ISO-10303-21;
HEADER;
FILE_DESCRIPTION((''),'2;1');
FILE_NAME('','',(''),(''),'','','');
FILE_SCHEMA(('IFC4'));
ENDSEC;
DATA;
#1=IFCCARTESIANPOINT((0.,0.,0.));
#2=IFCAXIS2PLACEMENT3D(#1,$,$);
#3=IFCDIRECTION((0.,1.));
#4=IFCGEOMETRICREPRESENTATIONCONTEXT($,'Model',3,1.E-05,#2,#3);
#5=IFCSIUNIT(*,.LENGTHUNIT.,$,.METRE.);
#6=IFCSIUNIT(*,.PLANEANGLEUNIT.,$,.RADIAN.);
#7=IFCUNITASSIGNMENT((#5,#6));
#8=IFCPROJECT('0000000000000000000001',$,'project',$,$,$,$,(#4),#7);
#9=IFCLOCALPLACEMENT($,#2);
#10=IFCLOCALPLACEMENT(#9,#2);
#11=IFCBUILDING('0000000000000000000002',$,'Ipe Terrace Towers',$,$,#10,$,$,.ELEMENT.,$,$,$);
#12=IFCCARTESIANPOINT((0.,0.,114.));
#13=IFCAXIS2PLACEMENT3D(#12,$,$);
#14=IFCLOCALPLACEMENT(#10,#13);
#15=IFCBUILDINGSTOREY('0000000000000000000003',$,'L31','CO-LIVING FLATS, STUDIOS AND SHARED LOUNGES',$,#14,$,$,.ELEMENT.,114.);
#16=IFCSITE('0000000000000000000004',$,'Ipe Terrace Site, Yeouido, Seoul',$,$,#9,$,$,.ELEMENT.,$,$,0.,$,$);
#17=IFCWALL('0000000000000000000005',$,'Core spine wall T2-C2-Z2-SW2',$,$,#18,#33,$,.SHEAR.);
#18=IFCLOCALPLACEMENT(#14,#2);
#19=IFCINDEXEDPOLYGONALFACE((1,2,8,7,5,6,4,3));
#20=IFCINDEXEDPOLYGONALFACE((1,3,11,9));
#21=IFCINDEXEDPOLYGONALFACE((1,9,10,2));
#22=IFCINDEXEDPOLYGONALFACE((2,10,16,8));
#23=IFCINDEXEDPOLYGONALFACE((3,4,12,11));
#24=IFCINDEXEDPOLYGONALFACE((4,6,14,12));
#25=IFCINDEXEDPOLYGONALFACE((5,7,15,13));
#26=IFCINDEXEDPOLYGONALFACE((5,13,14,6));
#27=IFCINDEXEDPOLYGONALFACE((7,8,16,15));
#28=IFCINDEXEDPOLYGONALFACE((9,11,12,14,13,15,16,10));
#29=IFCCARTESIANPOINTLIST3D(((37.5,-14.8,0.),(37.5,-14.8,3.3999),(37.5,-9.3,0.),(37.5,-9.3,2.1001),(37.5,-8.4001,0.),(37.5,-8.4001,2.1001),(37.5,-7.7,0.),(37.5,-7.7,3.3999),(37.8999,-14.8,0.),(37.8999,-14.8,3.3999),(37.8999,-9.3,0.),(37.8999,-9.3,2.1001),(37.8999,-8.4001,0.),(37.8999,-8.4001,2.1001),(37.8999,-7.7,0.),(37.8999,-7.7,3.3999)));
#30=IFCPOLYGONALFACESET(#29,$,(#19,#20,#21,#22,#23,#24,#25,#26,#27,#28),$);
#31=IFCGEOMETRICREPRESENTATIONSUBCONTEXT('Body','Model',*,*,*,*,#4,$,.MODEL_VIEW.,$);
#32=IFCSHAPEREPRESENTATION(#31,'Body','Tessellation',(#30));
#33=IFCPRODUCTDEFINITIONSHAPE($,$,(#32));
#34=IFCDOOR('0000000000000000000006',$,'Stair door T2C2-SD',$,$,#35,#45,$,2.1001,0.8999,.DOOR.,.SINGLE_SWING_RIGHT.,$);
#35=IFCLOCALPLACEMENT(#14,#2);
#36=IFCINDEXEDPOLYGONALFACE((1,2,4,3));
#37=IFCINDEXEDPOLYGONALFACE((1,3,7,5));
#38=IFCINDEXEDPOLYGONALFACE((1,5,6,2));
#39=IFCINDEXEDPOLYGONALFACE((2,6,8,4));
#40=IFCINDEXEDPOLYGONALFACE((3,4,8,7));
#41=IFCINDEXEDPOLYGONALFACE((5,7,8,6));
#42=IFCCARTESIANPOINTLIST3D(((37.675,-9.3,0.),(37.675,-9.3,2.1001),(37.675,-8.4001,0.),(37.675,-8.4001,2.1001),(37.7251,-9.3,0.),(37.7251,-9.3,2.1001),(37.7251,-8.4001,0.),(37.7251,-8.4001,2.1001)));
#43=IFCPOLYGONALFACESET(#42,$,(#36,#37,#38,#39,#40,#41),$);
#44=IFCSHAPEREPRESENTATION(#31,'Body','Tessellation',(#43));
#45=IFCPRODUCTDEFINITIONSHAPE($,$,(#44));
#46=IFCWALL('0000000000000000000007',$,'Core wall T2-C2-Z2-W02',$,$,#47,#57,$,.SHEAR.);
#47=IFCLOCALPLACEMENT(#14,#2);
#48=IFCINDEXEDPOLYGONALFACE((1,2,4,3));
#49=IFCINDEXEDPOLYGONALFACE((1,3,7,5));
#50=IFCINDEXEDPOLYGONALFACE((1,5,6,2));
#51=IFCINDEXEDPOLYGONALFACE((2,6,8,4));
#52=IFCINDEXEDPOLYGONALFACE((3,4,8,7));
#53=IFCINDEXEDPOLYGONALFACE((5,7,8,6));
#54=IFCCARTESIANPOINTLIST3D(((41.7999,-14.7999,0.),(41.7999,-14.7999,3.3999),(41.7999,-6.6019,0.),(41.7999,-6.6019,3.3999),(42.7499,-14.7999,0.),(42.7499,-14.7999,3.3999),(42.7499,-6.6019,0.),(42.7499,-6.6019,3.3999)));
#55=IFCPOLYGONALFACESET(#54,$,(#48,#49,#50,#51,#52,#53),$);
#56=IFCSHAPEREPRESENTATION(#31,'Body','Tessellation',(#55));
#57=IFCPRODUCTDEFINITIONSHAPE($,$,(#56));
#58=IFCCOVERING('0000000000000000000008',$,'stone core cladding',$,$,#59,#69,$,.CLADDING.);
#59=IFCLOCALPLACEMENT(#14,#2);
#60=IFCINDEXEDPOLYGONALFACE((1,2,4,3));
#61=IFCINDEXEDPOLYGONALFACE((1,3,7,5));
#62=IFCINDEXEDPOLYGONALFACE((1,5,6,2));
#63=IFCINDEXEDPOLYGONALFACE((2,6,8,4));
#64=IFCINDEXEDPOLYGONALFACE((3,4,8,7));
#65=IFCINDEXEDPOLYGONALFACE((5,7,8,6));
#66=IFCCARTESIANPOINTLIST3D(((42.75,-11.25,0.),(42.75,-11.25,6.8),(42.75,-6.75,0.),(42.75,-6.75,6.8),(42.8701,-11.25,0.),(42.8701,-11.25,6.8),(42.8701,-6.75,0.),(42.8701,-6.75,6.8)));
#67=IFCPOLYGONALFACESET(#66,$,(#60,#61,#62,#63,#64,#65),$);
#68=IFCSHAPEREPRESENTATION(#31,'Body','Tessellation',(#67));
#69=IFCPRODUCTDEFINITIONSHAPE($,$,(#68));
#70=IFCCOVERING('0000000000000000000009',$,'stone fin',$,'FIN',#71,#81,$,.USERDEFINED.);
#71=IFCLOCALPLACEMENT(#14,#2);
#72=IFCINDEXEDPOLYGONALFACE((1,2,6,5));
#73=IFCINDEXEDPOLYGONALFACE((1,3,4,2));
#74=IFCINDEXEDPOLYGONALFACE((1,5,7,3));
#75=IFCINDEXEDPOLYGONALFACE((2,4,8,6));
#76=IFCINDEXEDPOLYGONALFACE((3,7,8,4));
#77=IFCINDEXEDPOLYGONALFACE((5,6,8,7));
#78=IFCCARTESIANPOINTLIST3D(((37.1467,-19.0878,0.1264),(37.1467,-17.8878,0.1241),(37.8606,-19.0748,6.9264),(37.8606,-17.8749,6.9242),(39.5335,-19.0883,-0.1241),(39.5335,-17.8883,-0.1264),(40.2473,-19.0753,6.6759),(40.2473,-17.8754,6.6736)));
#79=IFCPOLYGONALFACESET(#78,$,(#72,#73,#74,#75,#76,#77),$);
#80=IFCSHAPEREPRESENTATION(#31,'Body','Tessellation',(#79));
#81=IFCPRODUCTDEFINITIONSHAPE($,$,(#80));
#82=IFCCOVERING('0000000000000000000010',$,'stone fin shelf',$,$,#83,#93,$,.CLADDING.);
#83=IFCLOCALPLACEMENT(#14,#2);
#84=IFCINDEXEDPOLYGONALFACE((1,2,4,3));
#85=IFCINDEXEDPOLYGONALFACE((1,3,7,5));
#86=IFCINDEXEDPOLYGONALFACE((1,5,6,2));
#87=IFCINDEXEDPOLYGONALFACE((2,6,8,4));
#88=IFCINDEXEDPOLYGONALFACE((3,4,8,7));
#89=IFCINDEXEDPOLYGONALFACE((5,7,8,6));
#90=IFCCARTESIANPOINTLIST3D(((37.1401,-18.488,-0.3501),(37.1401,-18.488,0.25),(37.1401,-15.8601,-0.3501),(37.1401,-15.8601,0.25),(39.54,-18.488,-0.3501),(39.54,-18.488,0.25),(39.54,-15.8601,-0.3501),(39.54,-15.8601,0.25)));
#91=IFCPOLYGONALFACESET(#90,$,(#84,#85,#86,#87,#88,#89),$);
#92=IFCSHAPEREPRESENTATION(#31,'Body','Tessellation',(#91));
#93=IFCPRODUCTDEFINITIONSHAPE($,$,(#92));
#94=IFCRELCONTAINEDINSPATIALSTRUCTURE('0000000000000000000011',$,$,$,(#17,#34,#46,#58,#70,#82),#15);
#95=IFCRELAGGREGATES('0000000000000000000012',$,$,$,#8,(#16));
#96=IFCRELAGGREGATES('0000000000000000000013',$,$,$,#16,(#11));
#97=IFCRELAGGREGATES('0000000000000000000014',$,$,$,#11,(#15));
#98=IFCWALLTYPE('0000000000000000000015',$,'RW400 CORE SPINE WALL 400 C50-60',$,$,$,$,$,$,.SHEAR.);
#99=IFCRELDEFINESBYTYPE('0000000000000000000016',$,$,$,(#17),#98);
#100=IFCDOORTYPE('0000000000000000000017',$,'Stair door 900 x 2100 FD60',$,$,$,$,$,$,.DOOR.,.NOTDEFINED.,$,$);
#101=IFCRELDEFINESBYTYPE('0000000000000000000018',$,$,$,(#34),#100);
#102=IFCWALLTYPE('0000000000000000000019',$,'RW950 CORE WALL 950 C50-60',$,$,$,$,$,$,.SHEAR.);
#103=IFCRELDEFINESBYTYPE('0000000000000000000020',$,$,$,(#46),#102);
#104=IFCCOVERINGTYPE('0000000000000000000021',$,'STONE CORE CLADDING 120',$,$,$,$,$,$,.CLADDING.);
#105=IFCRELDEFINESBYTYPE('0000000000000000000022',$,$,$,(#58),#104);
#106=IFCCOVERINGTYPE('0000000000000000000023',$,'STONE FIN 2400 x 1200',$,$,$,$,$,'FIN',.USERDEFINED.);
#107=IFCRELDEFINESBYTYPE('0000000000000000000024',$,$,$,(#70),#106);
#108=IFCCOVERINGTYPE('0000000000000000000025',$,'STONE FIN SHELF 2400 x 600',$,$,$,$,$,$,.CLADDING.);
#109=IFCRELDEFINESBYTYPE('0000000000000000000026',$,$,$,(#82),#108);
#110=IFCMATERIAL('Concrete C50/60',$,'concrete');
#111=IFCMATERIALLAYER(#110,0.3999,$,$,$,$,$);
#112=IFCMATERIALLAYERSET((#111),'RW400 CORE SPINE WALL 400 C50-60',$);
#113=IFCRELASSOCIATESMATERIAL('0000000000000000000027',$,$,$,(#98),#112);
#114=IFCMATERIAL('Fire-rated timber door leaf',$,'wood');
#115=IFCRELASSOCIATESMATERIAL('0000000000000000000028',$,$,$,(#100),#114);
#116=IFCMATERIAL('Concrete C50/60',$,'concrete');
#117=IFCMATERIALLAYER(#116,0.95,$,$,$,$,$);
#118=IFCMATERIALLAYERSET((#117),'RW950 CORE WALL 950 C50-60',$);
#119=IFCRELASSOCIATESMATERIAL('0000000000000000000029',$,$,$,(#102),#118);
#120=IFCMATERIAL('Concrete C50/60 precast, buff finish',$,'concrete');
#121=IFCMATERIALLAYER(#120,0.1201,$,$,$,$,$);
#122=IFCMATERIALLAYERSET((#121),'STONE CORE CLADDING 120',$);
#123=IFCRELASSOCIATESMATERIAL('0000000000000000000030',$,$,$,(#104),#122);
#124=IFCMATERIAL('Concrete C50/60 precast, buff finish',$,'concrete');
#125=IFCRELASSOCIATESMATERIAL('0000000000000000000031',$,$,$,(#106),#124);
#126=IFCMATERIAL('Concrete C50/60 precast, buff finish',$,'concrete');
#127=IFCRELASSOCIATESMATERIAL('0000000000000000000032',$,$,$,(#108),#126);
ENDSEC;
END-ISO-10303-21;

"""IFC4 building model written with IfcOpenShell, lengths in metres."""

from ifc_helpers import new_model, si_unit, direction, frame, frame_2d, origin, origin_2d, place, context, subcontext, project, spatial, rectangle, extrude, material, layer, layer_set, material_profile, profile_set, type_object, element, fill, save


model = new_model("IFC4")

# Units and contexts
model_context = context("Model", 3, precision=1e-05, world=origin(), true_north=direction((0.0, 1.0)))
body_context = subcontext(model_context, "Body", "Model", "MODEL_VIEW")
ifc_project = project(units=[si_unit("LENGTHUNIT", "METRE"), si_unit("PLANEANGLEUNIT", "RADIAN")], contexts=[model_context])

# Site, building, storey
site_placement = place(None, origin())
site = spatial("IfcSite", under=ifc_project, at=site_placement, Name="Ipe Terrace Site, Yeouido, Seoul", CompositionType="ELEMENT", RefElevation=0.0)
building_placement = place(site_placement, origin())
building = spatial("IfcBuilding", under=site, at=building_placement, Name="Ipe Terrace Towers", CompositionType="ELEMENT")
storey_placement = place(building_placement, frame((0.0, 0.0, 114.0)))
storey = spatial("IfcBuildingStorey", under=building, at=storey_placement, Name="L31", Description="CO-LIVING FLATS, STUDIOS AND SHARED LOUNGES", CompositionType="ELEMENT", Elevation=114.0)

# Wall, opening, door
ifc_material_1 = material(Name="Concrete C50/60", Category="concrete")
ifc_layer_1 = layer(ifc_material_1, 0.3999)
ifc_layer_set_1 = layer_set([ifc_layer_1], Name="RW400 CORE SPINE WALL 400 C50-60")
wall_type_1 = type_object("IfcWallType", Name="RW400 CORE SPINE WALL 400 C50-60", PredefinedType="SHEAR", material=ifc_layer_set_1)
wall_1_placement = place(storey_placement, frame((37.7, -14.8, 0.0), z_axis=(0.0, 0.0, 1.0), x_axis=(0.0, 1.0, 0.0)))
wall_1 = element("IfcWall", 1, at=wall_1_placement, inside=storey, type_object=wall_type_1, Name="Core spine wall T2-C2-Z2-SW2", PredefinedType="SHEAR", context=body_context, shape_type="SweptSolid", body=[
    extrude(rectangle(XDim=7.1001, YDim=0.3999, at=frame_2d((3.55, 0.0))), origin(), (0.0, 0.0, 1.0), 3.3999),
])
opening_1_placement = place(wall_1_placement, frame((5.5, 0.0, 0.0)))
opening_1 = element("IfcOpeningElement", 2, at=opening_1_placement, cuts=wall_1, PredefinedType="OPENING", context=body_context, shape_type="SweptSolid", body=[
    extrude(rectangle(XDim=0.8999, YDim=2.1001, at=frame_2d((0.45, 1.05))), frame((0.0, 0.21, 0.0), z_axis=(0.0, -1.0, 0.0), x_axis=(1.0, 0.0, 0.0)), (0.0, 0.0, 1.0), 0.4199),
])
ifc_material_2 = material(Name="Fire-rated timber door leaf", Category="wood")
door_type_1 = type_object("IfcDoorType", Name="Stair door 900 x 2100 FD60", OperationType="NOTDEFINED", PredefinedType="DOOR", material=ifc_material_2)
door_1_placement = place(opening_1_placement, origin())
door_1 = element("IfcDoor", 3, at=door_1_placement, inside=storey, type_object=door_type_1, Name="Stair door T2C2-SD", OperationType="SINGLE_SWING_RIGHT", OverallHeight=2.1001, OverallWidth=0.8999, PredefinedType="DOOR", context=body_context, shape_type="SweptSolid", body=[
    extrude(rectangle(XDim=0.8999, YDim=2.1001, at=frame_2d((0.45, 1.05))), frame((0.0, 0.0249, 0.0), z_axis=(0.0, -1.0, 0.0), x_axis=(1.0, 0.0, 0.0)), (0.0, 0.0, 1.0), 0.05),
])
fill(opening_1, door_1)

# Wall
ifc_material_3 = material(Name="Concrete C50/60", Category="concrete")
ifc_layer_2 = layer(ifc_material_3, 0.95)
ifc_layer_set_2 = layer_set([ifc_layer_2], Name="RW950 CORE WALL 950 C50-60")
wall_type_2 = type_object("IfcWallType", Name="RW950 CORE WALL 950 C50-60", PredefinedType="SHEAR", material=ifc_layer_set_2)
wall_2_placement = place(storey_placement, frame((42.2749, -14.8, 0.0), z_axis=(0.0, 0.0, 1.0), x_axis=(0.0, 1.0, 0.0)))
element("IfcWall", 4, at=wall_2_placement, inside=storey, type_object=wall_type_2, Name="Core wall T2-C2-Z2-W02", PredefinedType="SHEAR", context=body_context, shape_type="SweptSolid", body=[
    extrude(rectangle(XDim=8.198, YDim=0.95, at=frame_2d((4.0991, 0.0))), origin(), (0.0, 0.0, 1.0), 3.3999),
])

# Coverings
ifc_material_4 = material(Name="Concrete C50/60 precast, buff finish", Category="concrete")
ifc_layer_3 = layer(ifc_material_4, 0.1201)
ifc_layer_set_3 = layer_set([ifc_layer_3], Name="STONE CORE CLADDING 120")
covering_type_1 = type_object("IfcCoveringType", Name="STONE CORE CLADDING 120", PredefinedType="CLADDING", material=ifc_layer_set_3)
covering_1_placement = place(storey_placement, frame((42.8101, -9.0, 0.0), z_axis=(0.0, 0.0, 1.0), x_axis=(0.0, 1.0, 0.0)))
element("IfcCovering", 5, at=covering_1_placement, inside=storey, type_object=covering_type_1, Name="stone core cladding", PredefinedType="CLADDING", context=body_context, shape_type="SweptSolid", body=[
    extrude(rectangle(XDim=4.5, YDim=0.1201, at=origin_2d()), origin(), (0.0, 0.0, 1.0), 6.8),
])
ifc_material_5 = material(Name="Concrete C50/60 precast, buff finish", Category="concrete")
ifc_material_profile = material_profile(ifc_material_5, rectangle(XDim=2.3999, YDim=1.2, at=origin_2d()), Name="STONE FIN 2400 x 1200")
ifc_profile_set = profile_set([ifc_material_profile], Name="Concrete C50/60 precast, buff finish")
covering_type_2 = type_object("IfcCoveringType", Name="STONE FIN 2400 x 1200", ElementType="FIN", PredefinedType="USERDEFINED", material=ifc_profile_set)
covering_2_placement = place(storey_placement, frame((38.3401, -18.488, 0.0), z_axis=(0.104406, 0.001892, 0.994533), x_axis=(0.994535, -0.000199, -0.104406)))
element("IfcCovering", 6, at=covering_2_placement, inside=storey, type_object=covering_type_2, Name="stone fin", ObjectType="FIN", PredefinedType="USERDEFINED", context=body_context, shape_type="SweptSolid", body=[
    extrude(rectangle(XDim=2.3999, YDim=1.2, at=origin_2d()), origin(), (0.0, 0.0, 1.0), 6.8374),
])
ifc_material_6 = material(Name="Concrete C50/60 precast, buff finish", Category="concrete")
covering_type_3 = type_object("IfcCoveringType", Name="STONE FIN SHELF 2400 x 600", PredefinedType="CLADDING", material=ifc_material_6)
covering_3_placement = place(storey_placement, frame((38.3401, -17.1741, -0.3501), z_axis=(0.0, 0.0, 1.0), x_axis=(1.0, 0.0, 0.0)))
element("IfcCovering", 7, at=covering_3_placement, inside=storey, type_object=covering_type_3, Name="stone fin shelf", PredefinedType="CLADDING", context=body_context, shape_type="SweptSolid", body=[
    extrude(rectangle(XDim=2.3999, YDim=2.6279, at=origin_2d()), origin(), (0.0, 0.0, 1.0), 0.6001),
])

save(model, "model.ifc")
